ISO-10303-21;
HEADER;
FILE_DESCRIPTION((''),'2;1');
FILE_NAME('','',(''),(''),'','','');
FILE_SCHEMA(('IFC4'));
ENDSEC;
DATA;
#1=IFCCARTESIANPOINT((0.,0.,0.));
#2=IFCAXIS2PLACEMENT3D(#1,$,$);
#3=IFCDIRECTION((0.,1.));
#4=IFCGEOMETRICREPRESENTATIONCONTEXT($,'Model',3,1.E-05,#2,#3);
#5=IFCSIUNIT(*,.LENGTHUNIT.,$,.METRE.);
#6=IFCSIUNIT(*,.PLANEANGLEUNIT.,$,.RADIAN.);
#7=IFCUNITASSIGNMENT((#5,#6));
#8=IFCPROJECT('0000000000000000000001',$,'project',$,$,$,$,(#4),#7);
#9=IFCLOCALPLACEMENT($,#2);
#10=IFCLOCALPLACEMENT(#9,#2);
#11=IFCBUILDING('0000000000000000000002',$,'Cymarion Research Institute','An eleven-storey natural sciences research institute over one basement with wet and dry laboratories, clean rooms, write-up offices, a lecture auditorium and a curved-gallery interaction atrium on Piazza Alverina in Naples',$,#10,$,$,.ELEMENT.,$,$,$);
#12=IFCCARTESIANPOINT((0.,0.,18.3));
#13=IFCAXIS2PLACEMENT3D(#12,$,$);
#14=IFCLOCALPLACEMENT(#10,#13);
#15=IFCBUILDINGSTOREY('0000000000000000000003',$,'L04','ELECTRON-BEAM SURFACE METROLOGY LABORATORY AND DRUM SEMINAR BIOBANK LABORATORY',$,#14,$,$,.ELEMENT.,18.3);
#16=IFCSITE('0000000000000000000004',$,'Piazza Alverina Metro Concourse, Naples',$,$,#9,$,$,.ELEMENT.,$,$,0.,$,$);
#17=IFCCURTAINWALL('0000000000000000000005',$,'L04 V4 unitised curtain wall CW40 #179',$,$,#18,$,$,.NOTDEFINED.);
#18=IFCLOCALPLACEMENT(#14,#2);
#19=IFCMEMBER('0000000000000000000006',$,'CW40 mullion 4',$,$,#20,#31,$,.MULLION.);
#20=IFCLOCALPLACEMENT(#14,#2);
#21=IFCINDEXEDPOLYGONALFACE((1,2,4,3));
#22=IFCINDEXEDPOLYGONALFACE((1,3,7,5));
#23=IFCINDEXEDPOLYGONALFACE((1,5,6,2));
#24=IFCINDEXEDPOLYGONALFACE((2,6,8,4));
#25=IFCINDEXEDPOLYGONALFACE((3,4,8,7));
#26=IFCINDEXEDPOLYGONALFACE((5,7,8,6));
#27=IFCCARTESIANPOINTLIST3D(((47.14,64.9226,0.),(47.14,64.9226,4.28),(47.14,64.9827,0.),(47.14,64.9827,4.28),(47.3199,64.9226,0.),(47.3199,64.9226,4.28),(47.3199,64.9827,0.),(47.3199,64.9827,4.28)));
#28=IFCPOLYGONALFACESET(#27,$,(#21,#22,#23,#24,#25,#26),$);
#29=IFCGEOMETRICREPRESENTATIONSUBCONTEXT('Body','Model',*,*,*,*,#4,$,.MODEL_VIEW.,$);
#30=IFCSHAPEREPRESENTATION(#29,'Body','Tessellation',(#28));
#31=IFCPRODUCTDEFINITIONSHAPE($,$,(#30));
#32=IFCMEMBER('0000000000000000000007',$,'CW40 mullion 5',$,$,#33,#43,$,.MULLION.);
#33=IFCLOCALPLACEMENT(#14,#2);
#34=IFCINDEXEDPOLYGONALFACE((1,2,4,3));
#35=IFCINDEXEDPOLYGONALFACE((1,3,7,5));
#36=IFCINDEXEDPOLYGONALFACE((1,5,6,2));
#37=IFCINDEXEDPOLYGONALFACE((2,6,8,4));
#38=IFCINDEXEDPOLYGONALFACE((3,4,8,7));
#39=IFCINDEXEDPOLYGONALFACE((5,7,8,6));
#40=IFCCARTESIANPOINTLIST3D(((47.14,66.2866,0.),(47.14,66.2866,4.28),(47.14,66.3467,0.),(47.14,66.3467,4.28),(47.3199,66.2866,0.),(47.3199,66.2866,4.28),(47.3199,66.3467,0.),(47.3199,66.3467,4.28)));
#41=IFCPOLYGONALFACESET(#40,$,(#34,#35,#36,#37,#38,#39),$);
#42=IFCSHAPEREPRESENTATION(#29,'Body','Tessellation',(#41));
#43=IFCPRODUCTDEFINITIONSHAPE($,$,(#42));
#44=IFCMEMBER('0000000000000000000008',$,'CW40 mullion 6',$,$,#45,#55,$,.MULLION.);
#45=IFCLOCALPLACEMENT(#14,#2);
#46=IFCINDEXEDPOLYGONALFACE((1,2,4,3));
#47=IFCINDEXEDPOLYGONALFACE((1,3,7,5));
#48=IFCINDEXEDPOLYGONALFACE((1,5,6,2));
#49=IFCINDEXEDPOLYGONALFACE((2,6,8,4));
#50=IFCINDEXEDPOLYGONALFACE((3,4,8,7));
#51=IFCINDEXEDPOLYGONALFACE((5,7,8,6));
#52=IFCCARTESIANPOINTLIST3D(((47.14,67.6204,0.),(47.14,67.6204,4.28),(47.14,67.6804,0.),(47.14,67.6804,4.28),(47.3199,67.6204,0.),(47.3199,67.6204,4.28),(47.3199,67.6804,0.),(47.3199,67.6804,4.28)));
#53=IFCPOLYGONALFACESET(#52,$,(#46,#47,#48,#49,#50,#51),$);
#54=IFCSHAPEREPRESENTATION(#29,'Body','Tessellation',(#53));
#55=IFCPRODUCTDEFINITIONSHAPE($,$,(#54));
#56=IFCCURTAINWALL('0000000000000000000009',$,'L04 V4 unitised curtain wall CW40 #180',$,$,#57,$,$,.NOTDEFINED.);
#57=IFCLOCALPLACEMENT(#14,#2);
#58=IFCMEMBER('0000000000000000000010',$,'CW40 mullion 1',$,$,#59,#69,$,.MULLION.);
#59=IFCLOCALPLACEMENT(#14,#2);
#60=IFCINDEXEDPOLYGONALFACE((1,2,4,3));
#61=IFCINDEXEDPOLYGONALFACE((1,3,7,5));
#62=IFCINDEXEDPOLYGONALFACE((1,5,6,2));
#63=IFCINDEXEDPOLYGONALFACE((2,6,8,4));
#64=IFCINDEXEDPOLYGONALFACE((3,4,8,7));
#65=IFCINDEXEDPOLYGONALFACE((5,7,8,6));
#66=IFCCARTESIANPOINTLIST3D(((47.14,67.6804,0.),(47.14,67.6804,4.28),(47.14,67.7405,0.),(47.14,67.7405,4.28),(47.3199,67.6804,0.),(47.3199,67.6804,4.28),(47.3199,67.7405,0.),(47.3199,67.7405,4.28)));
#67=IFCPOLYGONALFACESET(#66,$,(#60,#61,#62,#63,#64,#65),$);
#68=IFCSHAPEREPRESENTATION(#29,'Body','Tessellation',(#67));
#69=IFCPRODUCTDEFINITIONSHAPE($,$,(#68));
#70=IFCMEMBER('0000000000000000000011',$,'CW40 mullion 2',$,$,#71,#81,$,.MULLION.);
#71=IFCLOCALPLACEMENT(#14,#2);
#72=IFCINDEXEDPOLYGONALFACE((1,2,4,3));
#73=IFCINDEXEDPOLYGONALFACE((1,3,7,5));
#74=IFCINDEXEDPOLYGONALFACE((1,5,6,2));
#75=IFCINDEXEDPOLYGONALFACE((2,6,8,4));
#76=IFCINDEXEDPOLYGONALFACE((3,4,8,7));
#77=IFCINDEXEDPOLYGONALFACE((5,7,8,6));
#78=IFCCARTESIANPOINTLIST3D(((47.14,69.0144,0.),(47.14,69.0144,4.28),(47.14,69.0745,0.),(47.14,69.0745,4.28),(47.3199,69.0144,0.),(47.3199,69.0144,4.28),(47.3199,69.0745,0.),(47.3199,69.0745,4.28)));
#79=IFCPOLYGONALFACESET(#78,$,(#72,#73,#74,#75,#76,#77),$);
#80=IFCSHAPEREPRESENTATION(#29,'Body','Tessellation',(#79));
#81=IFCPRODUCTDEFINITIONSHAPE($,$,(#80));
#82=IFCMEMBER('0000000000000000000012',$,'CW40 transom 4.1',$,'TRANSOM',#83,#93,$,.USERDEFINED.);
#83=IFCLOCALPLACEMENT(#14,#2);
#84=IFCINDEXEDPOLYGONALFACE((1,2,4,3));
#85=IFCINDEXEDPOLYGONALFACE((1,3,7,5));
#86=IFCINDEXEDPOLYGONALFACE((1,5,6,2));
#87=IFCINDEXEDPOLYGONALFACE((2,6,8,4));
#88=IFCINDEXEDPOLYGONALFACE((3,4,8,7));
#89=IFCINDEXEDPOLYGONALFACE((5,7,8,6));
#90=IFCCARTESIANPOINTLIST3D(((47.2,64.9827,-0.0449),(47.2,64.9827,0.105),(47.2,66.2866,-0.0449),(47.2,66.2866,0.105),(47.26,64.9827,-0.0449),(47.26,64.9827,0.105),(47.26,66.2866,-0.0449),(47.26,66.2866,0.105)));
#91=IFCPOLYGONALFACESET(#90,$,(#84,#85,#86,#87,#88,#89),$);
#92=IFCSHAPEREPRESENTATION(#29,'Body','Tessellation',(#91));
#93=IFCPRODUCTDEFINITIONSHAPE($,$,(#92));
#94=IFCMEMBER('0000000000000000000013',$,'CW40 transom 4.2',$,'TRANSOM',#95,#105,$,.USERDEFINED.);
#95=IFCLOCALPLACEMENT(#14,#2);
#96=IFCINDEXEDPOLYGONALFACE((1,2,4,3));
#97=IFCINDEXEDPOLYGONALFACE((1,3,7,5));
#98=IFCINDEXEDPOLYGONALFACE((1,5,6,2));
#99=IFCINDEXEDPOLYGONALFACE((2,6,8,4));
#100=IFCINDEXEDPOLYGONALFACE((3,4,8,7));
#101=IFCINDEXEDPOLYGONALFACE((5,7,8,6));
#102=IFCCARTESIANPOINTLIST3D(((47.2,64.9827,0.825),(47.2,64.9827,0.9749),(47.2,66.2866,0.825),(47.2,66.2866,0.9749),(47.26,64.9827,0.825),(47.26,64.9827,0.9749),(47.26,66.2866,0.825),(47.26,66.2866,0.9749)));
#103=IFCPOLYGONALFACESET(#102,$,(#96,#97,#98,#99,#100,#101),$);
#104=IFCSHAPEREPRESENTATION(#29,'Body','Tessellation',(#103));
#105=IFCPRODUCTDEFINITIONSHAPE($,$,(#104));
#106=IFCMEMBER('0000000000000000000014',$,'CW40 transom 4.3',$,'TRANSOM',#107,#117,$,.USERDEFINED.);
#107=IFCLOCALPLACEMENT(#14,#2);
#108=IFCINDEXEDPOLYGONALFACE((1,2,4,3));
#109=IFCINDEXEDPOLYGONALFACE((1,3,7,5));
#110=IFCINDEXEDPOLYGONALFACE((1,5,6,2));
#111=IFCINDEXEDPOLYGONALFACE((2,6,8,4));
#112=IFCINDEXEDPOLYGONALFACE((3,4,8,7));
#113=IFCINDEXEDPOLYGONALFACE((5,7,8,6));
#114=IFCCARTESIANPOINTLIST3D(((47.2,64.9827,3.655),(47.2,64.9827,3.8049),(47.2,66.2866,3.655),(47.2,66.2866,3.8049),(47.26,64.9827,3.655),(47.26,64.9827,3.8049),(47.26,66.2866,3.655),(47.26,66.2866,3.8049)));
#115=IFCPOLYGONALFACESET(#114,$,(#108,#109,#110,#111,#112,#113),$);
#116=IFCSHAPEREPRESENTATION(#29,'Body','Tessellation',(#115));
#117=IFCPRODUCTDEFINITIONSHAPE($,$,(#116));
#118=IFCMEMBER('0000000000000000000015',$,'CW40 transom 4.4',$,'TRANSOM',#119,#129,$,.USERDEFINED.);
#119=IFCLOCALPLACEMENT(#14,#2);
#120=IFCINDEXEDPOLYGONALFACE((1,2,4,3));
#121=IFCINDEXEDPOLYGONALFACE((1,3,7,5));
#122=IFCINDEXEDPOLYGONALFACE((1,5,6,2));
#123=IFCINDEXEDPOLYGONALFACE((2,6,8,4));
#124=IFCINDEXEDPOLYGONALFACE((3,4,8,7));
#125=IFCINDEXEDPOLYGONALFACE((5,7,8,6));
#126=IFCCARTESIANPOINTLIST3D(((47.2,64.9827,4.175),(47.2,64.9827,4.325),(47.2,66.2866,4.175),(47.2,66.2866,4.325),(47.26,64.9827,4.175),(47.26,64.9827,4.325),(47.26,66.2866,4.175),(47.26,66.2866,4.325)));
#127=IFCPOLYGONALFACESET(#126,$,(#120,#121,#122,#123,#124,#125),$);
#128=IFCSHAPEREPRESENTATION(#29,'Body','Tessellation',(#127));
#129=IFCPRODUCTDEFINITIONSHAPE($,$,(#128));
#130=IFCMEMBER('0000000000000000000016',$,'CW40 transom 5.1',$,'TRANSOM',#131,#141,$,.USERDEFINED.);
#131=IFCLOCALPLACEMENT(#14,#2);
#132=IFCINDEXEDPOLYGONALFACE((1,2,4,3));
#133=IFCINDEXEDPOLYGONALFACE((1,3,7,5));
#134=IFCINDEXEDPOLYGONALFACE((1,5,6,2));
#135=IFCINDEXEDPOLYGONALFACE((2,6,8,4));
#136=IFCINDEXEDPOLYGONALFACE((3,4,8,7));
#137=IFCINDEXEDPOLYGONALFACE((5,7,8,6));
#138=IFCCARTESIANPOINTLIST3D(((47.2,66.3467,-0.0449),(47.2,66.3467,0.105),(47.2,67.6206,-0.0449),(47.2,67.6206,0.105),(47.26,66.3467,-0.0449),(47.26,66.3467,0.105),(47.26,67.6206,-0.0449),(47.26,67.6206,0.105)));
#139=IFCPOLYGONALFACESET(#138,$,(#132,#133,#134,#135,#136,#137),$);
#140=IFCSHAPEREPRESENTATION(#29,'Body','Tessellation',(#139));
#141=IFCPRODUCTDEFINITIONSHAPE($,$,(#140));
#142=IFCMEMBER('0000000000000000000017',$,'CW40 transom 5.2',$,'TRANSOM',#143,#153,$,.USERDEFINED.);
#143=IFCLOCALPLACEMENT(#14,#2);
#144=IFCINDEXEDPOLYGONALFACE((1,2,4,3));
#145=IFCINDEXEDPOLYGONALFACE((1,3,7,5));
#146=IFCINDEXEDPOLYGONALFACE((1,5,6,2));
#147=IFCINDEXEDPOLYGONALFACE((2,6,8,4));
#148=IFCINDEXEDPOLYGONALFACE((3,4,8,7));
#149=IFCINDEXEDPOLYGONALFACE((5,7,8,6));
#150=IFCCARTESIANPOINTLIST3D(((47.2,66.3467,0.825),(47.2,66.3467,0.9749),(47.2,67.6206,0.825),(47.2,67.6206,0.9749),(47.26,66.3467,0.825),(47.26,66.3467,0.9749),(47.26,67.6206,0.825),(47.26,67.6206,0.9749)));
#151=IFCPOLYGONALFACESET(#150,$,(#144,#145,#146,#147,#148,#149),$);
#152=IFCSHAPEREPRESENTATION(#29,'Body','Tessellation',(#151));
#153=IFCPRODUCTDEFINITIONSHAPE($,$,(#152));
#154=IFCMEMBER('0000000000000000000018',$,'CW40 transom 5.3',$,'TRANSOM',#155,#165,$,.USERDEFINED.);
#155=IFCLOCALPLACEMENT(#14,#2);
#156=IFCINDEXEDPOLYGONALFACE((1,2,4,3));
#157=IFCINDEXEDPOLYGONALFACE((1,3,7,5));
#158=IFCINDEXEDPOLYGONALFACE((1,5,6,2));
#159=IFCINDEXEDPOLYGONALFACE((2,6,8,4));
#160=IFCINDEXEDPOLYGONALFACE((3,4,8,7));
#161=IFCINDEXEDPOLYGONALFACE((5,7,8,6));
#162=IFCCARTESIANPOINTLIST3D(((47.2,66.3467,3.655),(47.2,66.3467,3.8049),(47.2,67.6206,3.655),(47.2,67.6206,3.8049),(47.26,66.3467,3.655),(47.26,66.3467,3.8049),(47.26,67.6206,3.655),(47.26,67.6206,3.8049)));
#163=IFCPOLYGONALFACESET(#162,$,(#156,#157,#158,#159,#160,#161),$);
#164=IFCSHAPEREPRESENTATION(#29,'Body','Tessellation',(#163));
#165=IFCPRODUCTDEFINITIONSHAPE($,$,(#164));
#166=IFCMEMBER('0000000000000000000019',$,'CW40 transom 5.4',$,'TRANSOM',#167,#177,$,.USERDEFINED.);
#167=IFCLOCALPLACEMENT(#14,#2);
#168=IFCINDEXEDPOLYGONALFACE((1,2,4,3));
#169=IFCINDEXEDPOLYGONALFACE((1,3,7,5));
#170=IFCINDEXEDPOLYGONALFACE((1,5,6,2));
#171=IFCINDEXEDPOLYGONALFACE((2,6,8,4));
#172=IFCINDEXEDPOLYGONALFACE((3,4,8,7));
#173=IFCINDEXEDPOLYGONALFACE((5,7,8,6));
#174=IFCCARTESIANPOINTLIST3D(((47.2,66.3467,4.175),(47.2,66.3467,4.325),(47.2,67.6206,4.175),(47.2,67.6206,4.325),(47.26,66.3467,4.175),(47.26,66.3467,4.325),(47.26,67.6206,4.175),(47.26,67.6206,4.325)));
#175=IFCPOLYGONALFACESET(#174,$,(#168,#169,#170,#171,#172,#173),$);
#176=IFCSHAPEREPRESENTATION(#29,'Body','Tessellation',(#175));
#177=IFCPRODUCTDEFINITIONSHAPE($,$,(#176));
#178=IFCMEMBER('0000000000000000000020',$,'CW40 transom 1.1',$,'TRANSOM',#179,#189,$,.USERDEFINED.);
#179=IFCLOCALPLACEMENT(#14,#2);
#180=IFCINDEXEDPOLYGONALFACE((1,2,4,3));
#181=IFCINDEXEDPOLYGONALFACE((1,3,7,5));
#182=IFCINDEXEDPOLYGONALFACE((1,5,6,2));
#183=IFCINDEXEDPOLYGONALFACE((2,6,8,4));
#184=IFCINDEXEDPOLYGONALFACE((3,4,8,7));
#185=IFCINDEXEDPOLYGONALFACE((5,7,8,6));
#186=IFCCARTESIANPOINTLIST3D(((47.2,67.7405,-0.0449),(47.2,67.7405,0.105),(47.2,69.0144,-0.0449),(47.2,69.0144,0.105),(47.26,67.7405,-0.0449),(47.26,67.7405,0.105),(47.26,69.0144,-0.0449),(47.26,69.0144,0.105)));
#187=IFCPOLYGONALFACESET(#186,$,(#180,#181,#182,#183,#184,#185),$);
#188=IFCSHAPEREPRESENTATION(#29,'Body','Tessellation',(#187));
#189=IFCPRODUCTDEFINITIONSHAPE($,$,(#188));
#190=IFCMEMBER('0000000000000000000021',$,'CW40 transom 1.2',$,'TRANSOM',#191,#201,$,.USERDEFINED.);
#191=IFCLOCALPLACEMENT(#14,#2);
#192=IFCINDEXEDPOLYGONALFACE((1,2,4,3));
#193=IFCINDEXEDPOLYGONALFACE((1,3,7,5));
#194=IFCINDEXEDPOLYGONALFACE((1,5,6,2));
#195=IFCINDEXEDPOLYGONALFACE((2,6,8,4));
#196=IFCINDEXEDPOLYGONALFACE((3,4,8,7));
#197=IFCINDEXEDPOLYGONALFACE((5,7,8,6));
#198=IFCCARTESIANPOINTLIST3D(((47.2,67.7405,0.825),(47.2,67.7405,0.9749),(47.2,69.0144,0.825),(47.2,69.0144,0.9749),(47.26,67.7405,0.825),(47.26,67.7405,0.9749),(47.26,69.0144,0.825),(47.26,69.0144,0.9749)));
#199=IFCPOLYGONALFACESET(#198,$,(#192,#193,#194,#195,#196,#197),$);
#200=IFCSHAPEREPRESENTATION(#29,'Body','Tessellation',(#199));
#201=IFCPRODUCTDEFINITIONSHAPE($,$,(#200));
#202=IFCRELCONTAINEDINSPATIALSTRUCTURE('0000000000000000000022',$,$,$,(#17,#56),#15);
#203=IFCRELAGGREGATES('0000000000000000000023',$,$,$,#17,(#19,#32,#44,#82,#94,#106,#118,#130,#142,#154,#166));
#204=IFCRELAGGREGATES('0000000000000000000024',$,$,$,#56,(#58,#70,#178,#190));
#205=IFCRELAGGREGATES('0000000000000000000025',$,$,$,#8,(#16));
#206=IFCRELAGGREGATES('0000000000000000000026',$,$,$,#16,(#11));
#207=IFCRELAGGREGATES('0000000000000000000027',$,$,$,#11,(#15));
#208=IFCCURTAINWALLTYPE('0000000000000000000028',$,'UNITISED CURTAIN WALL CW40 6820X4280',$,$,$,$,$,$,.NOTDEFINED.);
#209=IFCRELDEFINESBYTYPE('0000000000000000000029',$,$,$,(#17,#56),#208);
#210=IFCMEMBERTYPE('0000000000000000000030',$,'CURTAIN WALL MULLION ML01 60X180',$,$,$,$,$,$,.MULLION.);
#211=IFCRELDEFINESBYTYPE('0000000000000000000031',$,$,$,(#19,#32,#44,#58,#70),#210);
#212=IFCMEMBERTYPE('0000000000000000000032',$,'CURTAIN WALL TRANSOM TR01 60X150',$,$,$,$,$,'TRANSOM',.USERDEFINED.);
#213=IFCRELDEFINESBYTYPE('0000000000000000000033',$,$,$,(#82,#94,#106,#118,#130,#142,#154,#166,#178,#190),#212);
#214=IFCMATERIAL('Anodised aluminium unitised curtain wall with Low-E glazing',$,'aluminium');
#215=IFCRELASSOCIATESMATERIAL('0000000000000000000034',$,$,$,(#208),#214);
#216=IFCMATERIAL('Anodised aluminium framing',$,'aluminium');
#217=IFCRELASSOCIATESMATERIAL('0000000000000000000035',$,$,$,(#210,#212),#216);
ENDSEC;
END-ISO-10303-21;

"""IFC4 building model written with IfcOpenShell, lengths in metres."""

from ifc_helpers import new_model, si_unit, direction, frame, origin, origin_2d, place, context, subcontext, project, spatial, rectangle, extrude, material, material_profile, profile_set, type_object, element, aggregate, save


model = new_model("IFC4")

# Units and contexts
model_context = context("Model", 3, precision=1e-05, world=origin(), true_north=direction((0.0, 1.0)))
body_context = subcontext(model_context, "Body", "Model", "MODEL_VIEW")
ifc_project = project(units=[si_unit("LENGTHUNIT", "METRE"), si_unit("PLANEANGLEUNIT", "RADIAN")], contexts=[model_context])

# Site, building, storey
site_placement = place(None, origin())
site = spatial("IfcSite", under=ifc_project, at=site_placement, Name="Piazza Alverina Metro Concourse, Naples", CompositionType="ELEMENT", RefElevation=0.0)
building_placement = place(site_placement, origin())
building = spatial("IfcBuilding", under=site, at=building_placement, Name="Cymarion Research Institute", Description="An eleven-storey natural sciences research institute over one basement with wet and dry laboratories, clean rooms, write-up offices, a lecture auditorium and a curved-gallery interaction atrium on Piazza Alverina in Naples", CompositionType="ELEMENT")
storey_placement = place(building_placement, frame((0.0, 0.0, 18.3)))
storey = spatial("IfcBuildingStorey", under=building, at=storey_placement, Name="L04", Description="ELECTRON-BEAM SURFACE METROLOGY LABORATORY AND DRUM SEMINAR BIOBANK LABORATORY", CompositionType="ELEMENT", Elevation=18.3)

# Curtain walls, members
ifc_material_1 = material(Name="Anodised aluminium unitised curtain wall with Low-E glazing", Category="aluminium")
curtain_wall_type = type_object("IfcCurtainWallType", Name="UNITISED CURTAIN WALL CW40 6820X4280", PredefinedType="NOTDEFINED", material=ifc_material_1)
curtain_wall_1_placement = place(storey_placement, origin())
curtain_wall_1 = element("IfcCurtainWall", 1, at=curtain_wall_1_placement, inside=storey, type_object=curtain_wall_type, Name="L04 V4 unitised curtain wall CW40 #179", PredefinedType="NOTDEFINED")
ifc_material_2 = material(Name="Anodised aluminium framing", Category="aluminium")
ifc_material_profile_1 = material_profile(ifc_material_2, rectangle(XDim=0.0601, YDim=0.1799, at=origin_2d()), Name="ALU MULLION 60x180")
ifc_profile_set_1 = profile_set([ifc_material_profile_1], Name="Anodised aluminium framing")
member_type_1 = type_object("IfcMemberType", Name="CURTAIN WALL MULLION ML01 60X180", PredefinedType="MULLION", material=ifc_profile_set_1)
member_1_placement = place(storey_placement, frame((47.23, 64.9526, 0.0), z_axis=(0.0, 0.0, 1.0), x_axis=(0.0, 1.0, 0.0)))
member_1 = element("IfcMember", 2, at=member_1_placement, type_object=member_type_1, Name="CW40 mullion 4", PredefinedType="MULLION", context=body_context, shape_type="SweptSolid", body=[
    extrude(rectangle(XDim=0.0601, YDim=0.1799, at=origin_2d()), origin(), (0.0, 0.0, 1.0), 4.28),
])
member_2_placement = place(storey_placement, frame((47.23, 66.3167, 0.0), z_axis=(0.0, 0.0, 1.0), x_axis=(0.0, 1.0, 0.0)))
member_2 = element("IfcMember", 3, at=member_2_placement, type_object=member_type_1, Name="CW40 mullion 5", PredefinedType="MULLION", context=body_context, shape_type="SweptSolid", body=[
    extrude(rectangle(XDim=0.0601, YDim=0.1799, at=origin_2d()), origin(), (0.0, 0.0, 1.0), 4.28),
])
member_3_placement = place(storey_placement, frame((47.23, 67.6504, 0.0), z_axis=(0.0, 0.0, 1.0), x_axis=(0.0, 1.0, 0.0)))
member_3 = element("IfcMember", 4, at=member_3_placement, type_object=member_type_1, Name="CW40 mullion 6", PredefinedType="MULLION", context=body_context, shape_type="SweptSolid", body=[
    extrude(rectangle(XDim=0.0601, YDim=0.1799, at=origin_2d()), origin(), (0.0, 0.0, 1.0), 4.28),
])
curtain_wall_2_placement = place(storey_placement, origin())
curtain_wall_2 = element("IfcCurtainWall", 5, at=curtain_wall_2_placement, inside=storey, type_object=curtain_wall_type, Name="L04 V4 unitised curtain wall CW40 #180", PredefinedType="NOTDEFINED")
member_4_placement = place(storey_placement, frame((47.23, 67.7104, 0.0), z_axis=(0.0, 0.0, 1.0), x_axis=(0.0, 1.0, 0.0)))
member_4 = element("IfcMember", 6, at=member_4_placement, type_object=member_type_1, Name="CW40 mullion 1", PredefinedType="MULLION", context=body_context, shape_type="SweptSolid", body=[
    extrude(rectangle(XDim=0.0601, YDim=0.1799, at=origin_2d()), origin(), (0.0, 0.0, 1.0), 4.28),
])
member_5_placement = place(storey_placement, frame((47.23, 69.0444, 0.0), z_axis=(0.0, 0.0, 1.0), x_axis=(0.0, 1.0, 0.0)))
member_5 = element("IfcMember", 7, at=member_5_placement, type_object=member_type_1, Name="CW40 mullion 2", PredefinedType="MULLION", context=body_context, shape_type="SweptSolid", body=[
    extrude(rectangle(XDim=0.0601, YDim=0.1799, at=origin_2d()), origin(), (0.0, 0.0, 1.0), 4.28),
])

# Members
ifc_material_profile_2 = material_profile(ifc_material_2, rectangle(XDim=0.0601, YDim=0.1499, at=origin_2d()), Name="ALU TRANSOM 60x150")
ifc_profile_set_2 = profile_set([ifc_material_profile_2], Name="Anodised aluminium framing")
member_type_2 = type_object("IfcMemberType", Name="CURTAIN WALL TRANSOM TR01 60X150", ElementType="TRANSOM", PredefinedType="USERDEFINED", material=ifc_profile_set_2)
member_6_placement = place(storey_placement, frame((47.23, 64.9827, 0.03), z_axis=(0.0, 1.0, 0.0), x_axis=(-1.0, 0.0, 0.0)))
member_6 = element("IfcMember", 8, at=member_6_placement, type_object=member_type_2, Name="CW40 transom 4.1", ObjectType="TRANSOM", PredefinedType="USERDEFINED", context=body_context, shape_type="SweptSolid", body=[
    extrude(rectangle(XDim=0.0601, YDim=0.1499, at=origin_2d()), origin(), (0.0, 0.0, 1.0), 1.304),
])
member_7_placement = place(storey_placement, frame((47.23, 64.9827, 0.8999), z_axis=(0.0, 1.0, 0.0), x_axis=(-1.0, 0.0, 0.0)))
member_7 = element("IfcMember", 9, at=member_7_placement, type_object=member_type_2, Name="CW40 transom 4.2", ObjectType="TRANSOM", PredefinedType="USERDEFINED", context=body_context, shape_type="SweptSolid", body=[
    extrude(rectangle(XDim=0.0601, YDim=0.1499, at=origin_2d()), origin(), (0.0, 0.0, 1.0), 1.304),
])
member_8_placement = place(storey_placement, frame((47.23, 64.9827, 3.73), z_axis=(0.0, 1.0, 0.0), x_axis=(-1.0, 0.0, 0.0)))
member_8 = element("IfcMember", 10, at=member_8_placement, type_object=member_type_2, Name="CW40 transom 4.3", ObjectType="TRANSOM", PredefinedType="USERDEFINED", context=body_context, shape_type="SweptSolid", body=[
    extrude(rectangle(XDim=0.0601, YDim=0.1499, at=origin_2d()), origin(), (0.0, 0.0, 1.0), 1.304),
])
member_9_placement = place(storey_placement, frame((47.23, 64.9827, 4.25), z_axis=(0.0, 1.0, 0.0), x_axis=(-1.0, 0.0, 0.0)))
member_9 = element("IfcMember", 11, at=member_9_placement, type_object=member_type_2, Name="CW40 transom 4.4", ObjectType="TRANSOM", PredefinedType="USERDEFINED", context=body_context, shape_type="SweptSolid", body=[
    extrude(rectangle(XDim=0.0601, YDim=0.1499, at=origin_2d()), origin(), (0.0, 0.0, 1.0), 1.304),
])
member_10_placement = place(storey_placement, frame((47.23, 66.3467, 0.03), z_axis=(0.0, 1.0, 0.0), x_axis=(-1.0, 0.0, 0.0)))
member_10 = element("IfcMember", 12, at=member_10_placement, type_object=member_type_2, Name="CW40 transom 5.1", ObjectType="TRANSOM", PredefinedType="USERDEFINED", context=body_context, shape_type="SweptSolid", body=[
    extrude(rectangle(XDim=0.0601, YDim=0.1499, at=origin_2d()), origin(), (0.0, 0.0, 1.0), 1.2739),
])
member_11_placement = place(storey_placement, frame((47.23, 66.3467, 0.8999), z_axis=(0.0, 1.0, 0.0), x_axis=(-1.0, 0.0, 0.0)))
member_11 = element("IfcMember", 13, at=member_11_placement, type_object=member_type_2, Name="CW40 transom 5.2", ObjectType="TRANSOM", PredefinedType="USERDEFINED", context=body_context, shape_type="SweptSolid", body=[
    extrude(rectangle(XDim=0.0601, YDim=0.1499, at=origin_2d()), origin(), (0.0, 0.0, 1.0), 1.2739),
])
member_12_placement = place(storey_placement, frame((47.23, 66.3467, 3.73), z_axis=(0.0, 1.0, 0.0), x_axis=(-1.0, 0.0, 0.0)))
member_12 = element("IfcMember", 14, at=member_12_placement, type_object=member_type_2, Name="CW40 transom 5.3", ObjectType="TRANSOM", PredefinedType="USERDEFINED", context=body_context, shape_type="SweptSolid", body=[
    extrude(rectangle(XDim=0.0601, YDim=0.1499, at=origin_2d()), origin(), (0.0, 0.0, 1.0), 1.2739),
])
member_13_placement = place(storey_placement, frame((47.23, 66.3467, 4.25), z_axis=(0.0, 1.0, 0.0), x_axis=(-1.0, 0.0, 0.0)))
member_13 = element("IfcMember", 15, at=member_13_placement, type_object=member_type_2, Name="CW40 transom 5.4", ObjectType="TRANSOM", PredefinedType="USERDEFINED", context=body_context, shape_type="SweptSolid", body=[
    extrude(rectangle(XDim=0.0601, YDim=0.1499, at=origin_2d()), origin(), (0.0, 0.0, 1.0), 1.2739),
])
member_14_placement = place(storey_placement, frame((47.23, 67.7405, 0.03), z_axis=(0.0, 1.0, 0.0), x_axis=(-1.0, 0.0, 0.0)))
member_14 = element("IfcMember", 16, at=member_14_placement, type_object=member_type_2, Name="CW40 transom 1.1", ObjectType="TRANSOM", PredefinedType="USERDEFINED", context=body_context, shape_type="SweptSolid", body=[
    extrude(rectangle(XDim=0.0601, YDim=0.1499, at=origin_2d()), origin(), (0.0, 0.0, 1.0), 1.2739),
])
member_15_placement = place(storey_placement, frame((47.23, 67.7405, 0.8999), z_axis=(0.0, 1.0, 0.0), x_axis=(-1.0, 0.0, 0.0)))
member_15 = element("IfcMember", 17, at=member_15_placement, type_object=member_type_2, Name="CW40 transom 1.2", ObjectType="TRANSOM", PredefinedType="USERDEFINED", context=body_context, shape_type="SweptSolid", body=[
    extrude(rectangle(XDim=0.0601, YDim=0.1499, at=origin_2d()), origin(), (0.0, 0.0, 1.0), 1.2739),
])

aggregate(curtain_wall_1, [member_1, member_2, member_3, member_6, member_7, member_8, member_9, member_10, member_11, member_12, member_13])
aggregate(curtain_wall_2, [member_4, member_5, member_14, member_15])

save(model, "model.ifc")
